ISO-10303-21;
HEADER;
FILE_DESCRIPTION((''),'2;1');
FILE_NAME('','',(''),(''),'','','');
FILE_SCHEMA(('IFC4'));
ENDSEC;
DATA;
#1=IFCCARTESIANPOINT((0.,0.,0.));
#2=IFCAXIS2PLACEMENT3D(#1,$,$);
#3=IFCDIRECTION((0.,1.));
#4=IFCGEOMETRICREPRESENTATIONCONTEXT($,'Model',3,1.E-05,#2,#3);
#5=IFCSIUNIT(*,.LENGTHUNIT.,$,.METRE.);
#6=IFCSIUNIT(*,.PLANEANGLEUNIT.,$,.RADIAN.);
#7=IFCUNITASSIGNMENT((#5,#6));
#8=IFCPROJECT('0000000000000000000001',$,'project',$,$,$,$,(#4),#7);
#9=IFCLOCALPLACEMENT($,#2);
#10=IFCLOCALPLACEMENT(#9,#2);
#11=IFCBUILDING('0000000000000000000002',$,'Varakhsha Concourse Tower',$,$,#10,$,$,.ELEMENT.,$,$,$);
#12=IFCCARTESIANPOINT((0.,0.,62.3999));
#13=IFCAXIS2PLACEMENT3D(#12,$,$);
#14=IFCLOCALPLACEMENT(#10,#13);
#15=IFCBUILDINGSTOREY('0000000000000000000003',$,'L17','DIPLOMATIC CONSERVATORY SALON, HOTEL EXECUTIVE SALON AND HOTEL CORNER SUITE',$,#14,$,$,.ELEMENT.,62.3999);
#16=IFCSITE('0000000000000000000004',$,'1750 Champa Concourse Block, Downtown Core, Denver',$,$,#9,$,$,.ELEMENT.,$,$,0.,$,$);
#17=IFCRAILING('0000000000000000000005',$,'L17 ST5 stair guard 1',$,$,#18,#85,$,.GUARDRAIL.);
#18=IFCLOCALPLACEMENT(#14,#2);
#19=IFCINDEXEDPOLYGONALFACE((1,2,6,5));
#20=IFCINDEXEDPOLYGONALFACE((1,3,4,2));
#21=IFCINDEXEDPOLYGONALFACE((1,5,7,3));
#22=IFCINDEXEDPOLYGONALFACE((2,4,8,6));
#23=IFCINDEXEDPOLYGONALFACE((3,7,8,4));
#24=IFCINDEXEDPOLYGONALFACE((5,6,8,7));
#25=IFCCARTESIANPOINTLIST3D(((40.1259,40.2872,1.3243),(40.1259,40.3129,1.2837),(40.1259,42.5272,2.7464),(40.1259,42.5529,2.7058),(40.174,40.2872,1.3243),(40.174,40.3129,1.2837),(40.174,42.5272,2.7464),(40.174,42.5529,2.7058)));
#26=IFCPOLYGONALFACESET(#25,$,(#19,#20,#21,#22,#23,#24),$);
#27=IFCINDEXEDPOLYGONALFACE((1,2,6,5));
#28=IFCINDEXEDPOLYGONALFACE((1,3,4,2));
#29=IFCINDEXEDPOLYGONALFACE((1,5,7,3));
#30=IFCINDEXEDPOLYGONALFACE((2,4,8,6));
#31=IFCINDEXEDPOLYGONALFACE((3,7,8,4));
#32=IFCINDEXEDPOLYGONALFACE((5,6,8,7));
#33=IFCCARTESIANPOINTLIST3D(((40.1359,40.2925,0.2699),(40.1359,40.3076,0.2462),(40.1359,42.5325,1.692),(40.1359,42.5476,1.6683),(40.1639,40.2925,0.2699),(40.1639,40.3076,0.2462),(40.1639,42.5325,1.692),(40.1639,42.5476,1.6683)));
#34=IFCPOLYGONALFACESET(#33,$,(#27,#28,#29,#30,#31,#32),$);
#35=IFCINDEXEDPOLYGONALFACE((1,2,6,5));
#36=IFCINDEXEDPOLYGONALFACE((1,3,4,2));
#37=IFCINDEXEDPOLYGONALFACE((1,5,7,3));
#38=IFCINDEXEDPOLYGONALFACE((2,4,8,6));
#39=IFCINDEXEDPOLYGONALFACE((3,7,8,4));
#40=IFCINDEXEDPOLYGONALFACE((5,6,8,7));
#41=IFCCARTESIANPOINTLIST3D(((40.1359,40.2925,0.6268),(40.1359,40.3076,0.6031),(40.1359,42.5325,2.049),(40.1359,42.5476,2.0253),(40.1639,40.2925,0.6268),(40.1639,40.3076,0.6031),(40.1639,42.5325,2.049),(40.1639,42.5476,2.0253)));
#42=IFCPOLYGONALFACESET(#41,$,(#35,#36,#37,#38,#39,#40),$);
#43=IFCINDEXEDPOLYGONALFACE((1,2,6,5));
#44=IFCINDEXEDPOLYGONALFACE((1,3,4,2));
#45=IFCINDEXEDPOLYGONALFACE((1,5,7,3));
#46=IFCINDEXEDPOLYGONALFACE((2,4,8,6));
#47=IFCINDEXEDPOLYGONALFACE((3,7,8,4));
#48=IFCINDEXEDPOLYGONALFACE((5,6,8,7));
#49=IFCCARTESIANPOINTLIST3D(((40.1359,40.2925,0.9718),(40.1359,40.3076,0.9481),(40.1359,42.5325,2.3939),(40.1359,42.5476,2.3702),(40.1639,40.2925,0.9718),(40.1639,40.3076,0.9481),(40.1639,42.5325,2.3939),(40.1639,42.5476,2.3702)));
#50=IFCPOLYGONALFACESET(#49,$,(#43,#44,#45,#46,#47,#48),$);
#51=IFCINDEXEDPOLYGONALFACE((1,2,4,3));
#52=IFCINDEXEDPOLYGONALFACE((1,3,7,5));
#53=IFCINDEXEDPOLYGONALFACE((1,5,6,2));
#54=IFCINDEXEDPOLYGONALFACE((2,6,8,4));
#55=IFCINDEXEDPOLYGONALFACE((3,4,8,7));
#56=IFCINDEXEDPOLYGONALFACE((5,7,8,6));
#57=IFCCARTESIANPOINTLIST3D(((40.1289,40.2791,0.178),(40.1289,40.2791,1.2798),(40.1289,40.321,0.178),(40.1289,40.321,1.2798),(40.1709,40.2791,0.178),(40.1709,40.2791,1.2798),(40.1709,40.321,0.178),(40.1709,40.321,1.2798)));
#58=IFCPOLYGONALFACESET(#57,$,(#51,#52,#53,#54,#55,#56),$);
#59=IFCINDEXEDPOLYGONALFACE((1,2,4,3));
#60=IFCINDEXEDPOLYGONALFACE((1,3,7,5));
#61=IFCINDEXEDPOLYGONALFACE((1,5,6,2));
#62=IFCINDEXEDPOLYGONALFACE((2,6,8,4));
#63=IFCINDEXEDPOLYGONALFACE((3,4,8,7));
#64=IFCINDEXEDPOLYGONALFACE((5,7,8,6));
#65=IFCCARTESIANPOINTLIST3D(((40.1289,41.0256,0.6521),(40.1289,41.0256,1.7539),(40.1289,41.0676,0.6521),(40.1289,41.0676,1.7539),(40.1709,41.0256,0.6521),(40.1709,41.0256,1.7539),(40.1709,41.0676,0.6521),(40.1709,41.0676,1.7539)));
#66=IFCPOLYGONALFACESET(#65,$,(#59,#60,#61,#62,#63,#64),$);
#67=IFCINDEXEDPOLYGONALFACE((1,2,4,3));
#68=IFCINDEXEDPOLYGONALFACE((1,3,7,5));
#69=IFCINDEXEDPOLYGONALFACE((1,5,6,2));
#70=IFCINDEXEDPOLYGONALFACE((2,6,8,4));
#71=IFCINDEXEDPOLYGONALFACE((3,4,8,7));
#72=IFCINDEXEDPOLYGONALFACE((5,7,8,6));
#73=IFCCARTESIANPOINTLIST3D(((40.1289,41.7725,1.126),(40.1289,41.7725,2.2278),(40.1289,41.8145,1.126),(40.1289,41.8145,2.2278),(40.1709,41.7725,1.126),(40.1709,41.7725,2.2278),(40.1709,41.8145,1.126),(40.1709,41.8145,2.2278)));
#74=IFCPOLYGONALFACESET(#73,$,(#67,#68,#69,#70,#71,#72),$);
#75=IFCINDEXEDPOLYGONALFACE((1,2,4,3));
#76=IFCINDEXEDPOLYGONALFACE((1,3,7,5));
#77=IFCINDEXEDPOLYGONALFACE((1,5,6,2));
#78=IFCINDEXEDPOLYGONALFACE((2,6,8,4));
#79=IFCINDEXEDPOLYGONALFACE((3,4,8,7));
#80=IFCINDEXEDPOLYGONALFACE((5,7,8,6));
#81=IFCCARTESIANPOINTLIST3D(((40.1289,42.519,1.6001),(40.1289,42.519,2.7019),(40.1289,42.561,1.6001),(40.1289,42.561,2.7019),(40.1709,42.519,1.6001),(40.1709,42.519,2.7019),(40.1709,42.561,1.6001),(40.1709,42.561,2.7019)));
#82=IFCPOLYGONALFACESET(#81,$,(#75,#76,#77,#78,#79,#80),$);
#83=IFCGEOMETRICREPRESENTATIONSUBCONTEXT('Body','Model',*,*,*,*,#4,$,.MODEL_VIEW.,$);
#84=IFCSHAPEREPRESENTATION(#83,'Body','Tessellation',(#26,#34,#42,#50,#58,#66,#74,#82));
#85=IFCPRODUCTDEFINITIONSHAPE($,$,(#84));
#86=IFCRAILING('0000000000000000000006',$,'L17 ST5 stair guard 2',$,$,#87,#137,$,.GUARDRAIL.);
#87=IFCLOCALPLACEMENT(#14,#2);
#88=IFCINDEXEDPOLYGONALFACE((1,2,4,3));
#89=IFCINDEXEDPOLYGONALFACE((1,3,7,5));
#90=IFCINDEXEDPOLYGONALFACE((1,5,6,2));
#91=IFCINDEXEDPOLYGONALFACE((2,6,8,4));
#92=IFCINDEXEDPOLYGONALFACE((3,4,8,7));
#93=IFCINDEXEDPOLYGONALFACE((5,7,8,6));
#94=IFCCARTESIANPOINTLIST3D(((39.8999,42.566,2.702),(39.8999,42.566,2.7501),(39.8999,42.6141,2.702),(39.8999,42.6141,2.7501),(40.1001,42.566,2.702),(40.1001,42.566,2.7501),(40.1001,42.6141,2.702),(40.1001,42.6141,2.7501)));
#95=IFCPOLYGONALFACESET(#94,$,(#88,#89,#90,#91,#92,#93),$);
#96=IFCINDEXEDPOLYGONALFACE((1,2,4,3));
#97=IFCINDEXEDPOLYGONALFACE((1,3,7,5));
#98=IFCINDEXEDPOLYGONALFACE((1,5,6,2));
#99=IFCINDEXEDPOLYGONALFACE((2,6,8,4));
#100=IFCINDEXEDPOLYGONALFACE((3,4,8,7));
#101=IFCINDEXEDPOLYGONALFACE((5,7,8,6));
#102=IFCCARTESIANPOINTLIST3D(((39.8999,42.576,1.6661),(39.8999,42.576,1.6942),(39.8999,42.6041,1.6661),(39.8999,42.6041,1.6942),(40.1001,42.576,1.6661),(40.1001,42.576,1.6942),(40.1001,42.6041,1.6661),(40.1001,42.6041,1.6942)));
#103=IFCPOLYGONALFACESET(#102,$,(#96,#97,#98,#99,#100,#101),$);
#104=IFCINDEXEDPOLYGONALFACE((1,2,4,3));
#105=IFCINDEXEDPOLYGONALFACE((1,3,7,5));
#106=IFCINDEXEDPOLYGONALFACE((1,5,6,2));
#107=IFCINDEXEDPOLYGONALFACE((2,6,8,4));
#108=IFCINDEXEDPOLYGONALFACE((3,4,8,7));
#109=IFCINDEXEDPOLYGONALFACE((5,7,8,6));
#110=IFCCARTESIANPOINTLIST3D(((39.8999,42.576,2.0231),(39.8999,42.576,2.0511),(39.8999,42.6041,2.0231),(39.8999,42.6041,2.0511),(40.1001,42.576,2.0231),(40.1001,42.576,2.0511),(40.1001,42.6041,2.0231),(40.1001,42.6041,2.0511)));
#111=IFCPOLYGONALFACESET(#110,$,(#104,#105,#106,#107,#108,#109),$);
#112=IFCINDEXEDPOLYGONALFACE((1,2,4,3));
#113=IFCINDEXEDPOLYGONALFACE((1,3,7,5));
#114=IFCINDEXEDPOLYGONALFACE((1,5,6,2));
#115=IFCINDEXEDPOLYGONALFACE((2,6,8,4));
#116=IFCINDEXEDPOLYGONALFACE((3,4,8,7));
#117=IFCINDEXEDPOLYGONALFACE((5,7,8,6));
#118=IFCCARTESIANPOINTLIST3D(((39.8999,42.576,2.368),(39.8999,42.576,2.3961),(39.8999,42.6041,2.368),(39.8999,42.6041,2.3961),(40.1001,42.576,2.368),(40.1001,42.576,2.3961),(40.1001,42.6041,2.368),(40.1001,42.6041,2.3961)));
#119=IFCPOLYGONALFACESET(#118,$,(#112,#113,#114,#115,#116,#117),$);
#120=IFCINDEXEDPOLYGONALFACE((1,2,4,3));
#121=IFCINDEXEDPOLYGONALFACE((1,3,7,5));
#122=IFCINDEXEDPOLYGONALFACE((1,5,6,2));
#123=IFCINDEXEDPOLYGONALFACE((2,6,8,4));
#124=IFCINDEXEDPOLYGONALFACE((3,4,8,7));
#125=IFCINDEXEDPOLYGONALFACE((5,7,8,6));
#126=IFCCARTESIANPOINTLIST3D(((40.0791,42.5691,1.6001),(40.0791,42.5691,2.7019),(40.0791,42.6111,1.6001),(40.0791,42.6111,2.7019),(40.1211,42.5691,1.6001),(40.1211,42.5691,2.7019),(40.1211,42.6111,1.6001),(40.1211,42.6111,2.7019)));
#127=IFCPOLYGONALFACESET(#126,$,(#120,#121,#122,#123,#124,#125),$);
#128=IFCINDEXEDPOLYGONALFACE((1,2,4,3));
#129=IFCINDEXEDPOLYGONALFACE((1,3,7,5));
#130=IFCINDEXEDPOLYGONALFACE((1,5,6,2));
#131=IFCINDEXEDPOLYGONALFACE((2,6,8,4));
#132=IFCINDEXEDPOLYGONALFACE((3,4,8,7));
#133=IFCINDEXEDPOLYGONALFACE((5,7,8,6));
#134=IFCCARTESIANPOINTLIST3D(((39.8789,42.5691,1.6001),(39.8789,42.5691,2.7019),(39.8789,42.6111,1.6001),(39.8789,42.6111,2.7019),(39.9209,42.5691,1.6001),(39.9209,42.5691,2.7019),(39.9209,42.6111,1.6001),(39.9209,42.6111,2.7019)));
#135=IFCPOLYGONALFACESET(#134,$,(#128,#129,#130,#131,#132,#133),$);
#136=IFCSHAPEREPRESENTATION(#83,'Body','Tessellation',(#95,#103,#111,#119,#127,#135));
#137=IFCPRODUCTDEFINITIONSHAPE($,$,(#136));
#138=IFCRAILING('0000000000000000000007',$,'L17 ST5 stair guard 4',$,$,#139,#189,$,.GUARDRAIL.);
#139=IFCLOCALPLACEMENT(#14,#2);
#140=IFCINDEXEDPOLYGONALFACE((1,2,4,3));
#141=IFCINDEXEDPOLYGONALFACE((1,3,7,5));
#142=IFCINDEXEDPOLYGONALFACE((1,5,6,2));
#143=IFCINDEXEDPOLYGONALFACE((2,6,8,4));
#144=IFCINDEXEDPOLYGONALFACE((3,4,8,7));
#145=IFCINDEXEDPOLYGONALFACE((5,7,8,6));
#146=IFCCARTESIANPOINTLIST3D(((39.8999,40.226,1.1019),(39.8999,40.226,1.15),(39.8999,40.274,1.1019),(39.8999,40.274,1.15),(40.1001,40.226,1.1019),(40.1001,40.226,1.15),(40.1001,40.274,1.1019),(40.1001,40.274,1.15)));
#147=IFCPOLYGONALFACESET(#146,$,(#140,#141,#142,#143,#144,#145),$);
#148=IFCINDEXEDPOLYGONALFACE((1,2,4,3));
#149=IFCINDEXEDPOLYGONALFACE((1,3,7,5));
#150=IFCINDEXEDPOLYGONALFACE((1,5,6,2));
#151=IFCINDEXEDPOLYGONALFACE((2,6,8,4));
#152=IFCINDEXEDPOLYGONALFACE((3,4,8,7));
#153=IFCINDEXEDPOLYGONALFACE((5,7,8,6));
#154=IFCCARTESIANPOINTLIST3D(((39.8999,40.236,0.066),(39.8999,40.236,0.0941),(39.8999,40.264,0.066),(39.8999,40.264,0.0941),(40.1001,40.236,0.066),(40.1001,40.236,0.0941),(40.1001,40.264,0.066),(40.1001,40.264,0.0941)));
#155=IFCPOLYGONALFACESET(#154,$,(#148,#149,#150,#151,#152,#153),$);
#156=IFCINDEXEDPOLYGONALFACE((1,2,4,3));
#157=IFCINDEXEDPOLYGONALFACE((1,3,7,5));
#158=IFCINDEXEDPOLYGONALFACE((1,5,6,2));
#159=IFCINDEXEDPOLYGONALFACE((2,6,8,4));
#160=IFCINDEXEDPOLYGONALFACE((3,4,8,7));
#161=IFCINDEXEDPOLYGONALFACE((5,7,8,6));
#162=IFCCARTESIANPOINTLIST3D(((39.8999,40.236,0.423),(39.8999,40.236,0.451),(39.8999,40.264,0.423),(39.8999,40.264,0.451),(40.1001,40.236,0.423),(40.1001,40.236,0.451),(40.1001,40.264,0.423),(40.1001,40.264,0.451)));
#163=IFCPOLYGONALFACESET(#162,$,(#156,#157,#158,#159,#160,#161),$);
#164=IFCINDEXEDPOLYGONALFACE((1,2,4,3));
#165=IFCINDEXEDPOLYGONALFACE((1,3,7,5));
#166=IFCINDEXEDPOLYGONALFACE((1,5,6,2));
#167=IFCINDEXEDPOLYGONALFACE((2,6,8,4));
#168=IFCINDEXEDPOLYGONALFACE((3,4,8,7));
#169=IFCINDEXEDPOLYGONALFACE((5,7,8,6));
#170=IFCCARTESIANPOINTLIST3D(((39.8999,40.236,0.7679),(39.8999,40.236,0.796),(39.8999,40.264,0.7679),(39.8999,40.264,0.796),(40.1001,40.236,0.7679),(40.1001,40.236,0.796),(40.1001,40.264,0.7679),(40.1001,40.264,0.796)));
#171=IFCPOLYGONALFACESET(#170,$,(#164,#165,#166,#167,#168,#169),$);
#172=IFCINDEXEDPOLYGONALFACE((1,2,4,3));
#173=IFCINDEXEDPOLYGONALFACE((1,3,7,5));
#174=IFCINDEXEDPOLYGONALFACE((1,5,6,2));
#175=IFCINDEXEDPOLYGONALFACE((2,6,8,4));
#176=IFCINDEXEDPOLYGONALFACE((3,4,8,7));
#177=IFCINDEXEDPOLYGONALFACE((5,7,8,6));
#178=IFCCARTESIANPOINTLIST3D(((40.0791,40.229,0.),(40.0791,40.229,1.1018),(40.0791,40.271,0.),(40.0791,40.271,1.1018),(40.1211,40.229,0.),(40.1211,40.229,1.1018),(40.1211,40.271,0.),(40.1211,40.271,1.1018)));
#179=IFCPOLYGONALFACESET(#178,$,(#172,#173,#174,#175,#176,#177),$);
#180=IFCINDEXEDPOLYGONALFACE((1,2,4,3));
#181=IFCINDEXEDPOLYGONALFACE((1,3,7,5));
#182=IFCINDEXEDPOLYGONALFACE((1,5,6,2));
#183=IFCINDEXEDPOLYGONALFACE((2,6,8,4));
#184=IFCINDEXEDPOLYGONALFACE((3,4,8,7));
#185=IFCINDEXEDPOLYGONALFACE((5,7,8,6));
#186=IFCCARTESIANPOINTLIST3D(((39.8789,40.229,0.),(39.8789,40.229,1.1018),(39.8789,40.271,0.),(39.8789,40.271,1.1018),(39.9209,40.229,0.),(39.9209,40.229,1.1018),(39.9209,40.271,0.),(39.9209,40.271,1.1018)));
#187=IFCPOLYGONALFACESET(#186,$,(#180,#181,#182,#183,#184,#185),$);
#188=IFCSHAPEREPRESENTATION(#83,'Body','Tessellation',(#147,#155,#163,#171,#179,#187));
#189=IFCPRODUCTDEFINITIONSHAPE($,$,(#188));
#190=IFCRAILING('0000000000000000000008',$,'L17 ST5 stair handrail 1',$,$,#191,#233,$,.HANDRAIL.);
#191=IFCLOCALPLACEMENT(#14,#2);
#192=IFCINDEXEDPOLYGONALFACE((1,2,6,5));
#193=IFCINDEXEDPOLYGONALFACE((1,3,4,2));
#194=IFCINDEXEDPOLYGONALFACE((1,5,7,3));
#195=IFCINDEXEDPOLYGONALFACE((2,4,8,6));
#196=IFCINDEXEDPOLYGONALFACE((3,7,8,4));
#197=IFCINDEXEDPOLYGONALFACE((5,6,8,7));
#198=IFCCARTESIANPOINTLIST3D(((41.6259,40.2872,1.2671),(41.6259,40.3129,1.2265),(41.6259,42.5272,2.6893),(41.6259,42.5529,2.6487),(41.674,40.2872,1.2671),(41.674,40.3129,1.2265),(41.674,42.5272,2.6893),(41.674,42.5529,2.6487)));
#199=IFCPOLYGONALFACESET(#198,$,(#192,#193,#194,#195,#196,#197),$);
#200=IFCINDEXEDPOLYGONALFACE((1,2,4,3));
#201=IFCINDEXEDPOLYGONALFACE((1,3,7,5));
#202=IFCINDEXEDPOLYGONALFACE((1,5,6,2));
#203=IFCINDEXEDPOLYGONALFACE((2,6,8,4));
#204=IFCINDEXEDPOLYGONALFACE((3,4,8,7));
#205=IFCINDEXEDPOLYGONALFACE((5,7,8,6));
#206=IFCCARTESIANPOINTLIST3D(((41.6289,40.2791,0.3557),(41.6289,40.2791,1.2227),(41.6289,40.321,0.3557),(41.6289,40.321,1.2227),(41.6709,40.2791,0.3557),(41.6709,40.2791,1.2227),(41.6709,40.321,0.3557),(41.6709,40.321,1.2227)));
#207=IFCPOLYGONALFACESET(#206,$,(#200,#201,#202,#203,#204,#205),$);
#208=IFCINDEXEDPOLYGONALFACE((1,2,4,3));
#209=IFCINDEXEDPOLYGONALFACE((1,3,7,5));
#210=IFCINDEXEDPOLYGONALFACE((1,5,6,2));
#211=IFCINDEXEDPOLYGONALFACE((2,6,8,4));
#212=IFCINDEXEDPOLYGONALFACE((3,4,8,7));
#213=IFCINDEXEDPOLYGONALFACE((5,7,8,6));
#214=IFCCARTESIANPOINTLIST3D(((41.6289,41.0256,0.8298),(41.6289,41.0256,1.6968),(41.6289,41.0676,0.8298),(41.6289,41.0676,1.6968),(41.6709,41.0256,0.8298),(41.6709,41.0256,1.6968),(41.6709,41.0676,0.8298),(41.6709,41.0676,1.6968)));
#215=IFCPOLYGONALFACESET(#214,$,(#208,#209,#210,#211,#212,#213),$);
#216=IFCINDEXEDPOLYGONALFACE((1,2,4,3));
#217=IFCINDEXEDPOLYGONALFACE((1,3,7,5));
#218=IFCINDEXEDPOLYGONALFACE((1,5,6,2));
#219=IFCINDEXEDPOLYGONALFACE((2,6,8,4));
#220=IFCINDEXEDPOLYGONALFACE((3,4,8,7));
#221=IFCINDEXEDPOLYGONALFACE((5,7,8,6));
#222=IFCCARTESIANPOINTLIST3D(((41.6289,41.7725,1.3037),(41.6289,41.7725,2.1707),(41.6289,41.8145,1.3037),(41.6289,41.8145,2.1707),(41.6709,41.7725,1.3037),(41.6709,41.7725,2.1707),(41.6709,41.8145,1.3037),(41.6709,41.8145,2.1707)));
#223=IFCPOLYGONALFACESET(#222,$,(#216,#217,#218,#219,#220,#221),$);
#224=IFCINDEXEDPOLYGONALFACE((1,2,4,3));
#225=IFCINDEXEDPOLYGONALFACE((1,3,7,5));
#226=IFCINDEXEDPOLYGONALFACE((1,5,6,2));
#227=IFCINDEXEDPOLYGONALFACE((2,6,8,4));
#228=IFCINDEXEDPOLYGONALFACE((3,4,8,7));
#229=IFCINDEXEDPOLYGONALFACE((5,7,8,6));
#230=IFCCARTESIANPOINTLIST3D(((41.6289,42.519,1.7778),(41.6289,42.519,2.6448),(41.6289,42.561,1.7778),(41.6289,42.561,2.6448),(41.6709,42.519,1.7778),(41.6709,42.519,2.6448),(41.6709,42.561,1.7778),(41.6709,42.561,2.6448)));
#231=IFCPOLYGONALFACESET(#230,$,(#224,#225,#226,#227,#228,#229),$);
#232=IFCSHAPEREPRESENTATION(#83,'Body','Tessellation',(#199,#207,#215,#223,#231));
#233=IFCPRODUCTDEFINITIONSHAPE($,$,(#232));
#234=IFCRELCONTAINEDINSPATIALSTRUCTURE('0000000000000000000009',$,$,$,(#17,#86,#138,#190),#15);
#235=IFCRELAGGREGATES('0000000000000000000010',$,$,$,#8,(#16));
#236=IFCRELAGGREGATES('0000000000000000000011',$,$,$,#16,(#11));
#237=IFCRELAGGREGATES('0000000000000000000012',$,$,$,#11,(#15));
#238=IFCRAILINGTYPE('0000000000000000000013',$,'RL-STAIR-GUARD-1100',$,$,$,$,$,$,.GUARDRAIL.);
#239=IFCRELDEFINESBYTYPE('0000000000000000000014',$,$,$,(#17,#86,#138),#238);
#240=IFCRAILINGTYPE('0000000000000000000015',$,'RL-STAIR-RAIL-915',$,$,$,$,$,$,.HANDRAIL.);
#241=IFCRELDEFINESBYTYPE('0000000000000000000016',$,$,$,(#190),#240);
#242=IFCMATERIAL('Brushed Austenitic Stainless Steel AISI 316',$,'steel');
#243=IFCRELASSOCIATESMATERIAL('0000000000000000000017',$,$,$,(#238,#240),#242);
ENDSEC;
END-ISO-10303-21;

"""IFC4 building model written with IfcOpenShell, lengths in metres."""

from ifc_helpers import new_model, si_unit, direction, frame, origin, origin_2d, place, context, subcontext, project, spatial, rectangle, extrude, material, type_object, element, save


model = new_model("IFC4")

# Units and contexts
model_context = context("Model", 3, precision=1e-05, world=origin(), true_north=direction((0.0, 1.0)))
body_context = subcontext(model_context, "Body", "Model", "MODEL_VIEW")
ifc_project = project(units=[si_unit("LENGTHUNIT", "METRE"), si_unit("PLANEANGLEUNIT", "RADIAN")], contexts=[model_context])

# Site, building, storey
site_placement = place(None, origin())
site = spatial("IfcSite", under=ifc_project, at=site_placement, Name="1750 Champa Concourse Block, Downtown Core, Denver", CompositionType="ELEMENT", RefElevation=0.0)
building_placement = place(site_placement, origin())
building = spatial("IfcBuilding", under=site, at=building_placement, Name="Varakhsha Concourse Tower", CompositionType="ELEMENT")
storey_placement = place(building_placement, frame((0.0, 0.0, 62.3999)))
storey = spatial("IfcBuildingStorey", under=building, at=storey_placement, Name="L17", Description="DIPLOMATIC CONSERVATORY SALON, HOTEL EXECUTIVE SALON AND HOTEL CORNER SUITE", CompositionType="ELEMENT", Elevation=62.3999)

# Railings
ifc_material_1 = material(Name="Brushed Austenitic Stainless Steel AISI 316", Category="steel")
railing_type_1 = type_object("IfcRailingType", Name="RL-STAIR-GUARD-1100", PredefinedType="GUARDRAIL", material=ifc_material_1)
railing_1_placement = place(storey_placement, frame((40.1499, 40.3, 0.178)))
element("IfcRailing", 1, at=railing_1_placement, inside=storey, type_object=railing_type_1, Name="L17 ST5 stair guard 1", PredefinedType="GUARDRAIL", context=body_context, shape_type="SweptSolid", body=[
    extrude(rectangle(XDim=0.0481, YDim=0.0481, at=origin_2d()), frame((0.0, 0.0, 1.126), z_axis=(0.0, 0.844229, 0.535982), x_axis=(-1.0, 0.0, 0.0)), (0.0, 0.0, 1.0), 2.6533),
    extrude(rectangle(XDim=0.0281, YDim=0.0281, at=origin_2d()), frame((0.0, 0.0, 0.0801), z_axis=(0.0, 0.844229, 0.535982), x_axis=(-1.0, 0.0, 0.0)), (0.0, 0.0, 1.0), 2.6533),
    extrude(rectangle(XDim=0.0281, YDim=0.0281, at=origin_2d()), frame((0.0, 0.0, 0.437), z_axis=(0.0, 0.844229, 0.535982), x_axis=(-1.0, 0.0, 0.0)), (0.0, 0.0, 1.0), 2.6533),
    extrude(rectangle(XDim=0.0281, YDim=0.0281, at=origin_2d()), frame((0.0, 0.0, 0.782), z_axis=(0.0, 0.844229, 0.535982), x_axis=(-1.0, 0.0, 0.0)), (0.0, 0.0, 1.0), 2.6533),
    extrude(rectangle(XDim=0.042, YDim=0.042, at=origin_2d()), origin(), (0.0, 0.0, 1.0), 1.1018),
    extrude(rectangle(XDim=0.042, YDim=0.042, at=origin_2d()), frame((0.0, 0.7466, 0.4741)), (0.0, 0.0, 1.0), 1.1018),
    extrude(rectangle(XDim=0.042, YDim=0.042, at=origin_2d()), frame((0.0, 1.4934, 0.948)), (0.0, 0.0, 1.0), 1.1018),
    extrude(rectangle(XDim=0.042, YDim=0.042, at=origin_2d()), frame((0.0, 2.24, 1.4221)), (0.0, 0.0, 1.0), 1.1018),
])
for number, where, name in (
    (2, (40.1001, 42.5901, 1.6001), "L17 ST5 stair guard 2"),
    (3, (40.1001, 40.25, 0.0), "L17 ST5 stair guard 4"),
):
    element("IfcRailing", number, at=place(storey_placement, frame(where)), inside=storey, type_object=railing_type_1, Name=name, PredefinedType="GUARDRAIL", context=body_context, shape_type="SweptSolid", body=[
        extrude(rectangle(XDim=0.0481, YDim=0.0481, at=origin_2d()), frame((0.0, 0.0, 1.126), z_axis=(-1.0, 0.0, 0.0), x_axis=(0.0, -1.0, 0.0)), (0.0, 0.0, 1.0), 0.2002),
        extrude(rectangle(XDim=0.0281, YDim=0.0281, at=origin_2d()), frame((0.0, 0.0, 0.0801), z_axis=(-1.0, 0.0, 0.0), x_axis=(0.0, -1.0, 0.0)), (0.0, 0.0, 1.0), 0.2002),
        extrude(rectangle(XDim=0.0281, YDim=0.0281, at=origin_2d()), frame((0.0, 0.0, 0.437), z_axis=(-1.0, 0.0, 0.0), x_axis=(0.0, -1.0, 0.0)), (0.0, 0.0, 1.0), 0.2002),
        extrude(rectangle(XDim=0.0281, YDim=0.0281, at=origin_2d()), frame((0.0, 0.0, 0.782), z_axis=(-1.0, 0.0, 0.0), x_axis=(0.0, -1.0, 0.0)), (0.0, 0.0, 1.0), 0.2002),
        extrude(rectangle(XDim=0.042, YDim=0.042, at=origin_2d()), origin(), (0.0, 0.0, 1.0), 1.1018),
        extrude(rectangle(XDim=0.042, YDim=0.042, at=origin_2d()), frame((-0.2002, 0.0, 0.0)), (0.0, 0.0, 1.0), 1.1018),
    ])
railing_type_2 = type_object("IfcRailingType", Name="RL-STAIR-RAIL-915", PredefinedType="HANDRAIL", material=ifc_material_1)
railing_2_placement = place(storey_placement, frame((41.6499, 40.3, 0.3557)))
element("IfcRailing", 4, at=railing_2_placement, inside=storey, type_object=railing_type_2, Name="L17 ST5 stair handrail 1", PredefinedType="HANDRAIL", context=body_context, shape_type="SweptSolid", body=[
    extrude(rectangle(XDim=0.0481, YDim=0.0481, at=origin_2d()), frame((0.0, 0.0, 0.8911), z_axis=(0.0, 0.844229, 0.535982), x_axis=(-1.0, 0.0, 0.0)), (0.0, 0.0, 1.0), 2.6533),
    extrude(rectangle(XDim=0.042, YDim=0.042, at=origin_2d()), origin(), (0.0, 0.0, 1.0), 0.8669),
    extrude(rectangle(XDim=0.042, YDim=0.042, at=origin_2d()), frame((0.0, 0.7466, 0.4741)), (0.0, 0.0, 1.0), 0.8669),
    extrude(rectangle(XDim=0.042, YDim=0.042, at=origin_2d()), frame((0.0, 1.4934, 0.948)), (0.0, 0.0, 1.0), 0.8669),
    extrude(rectangle(XDim=0.042, YDim=0.042, at=origin_2d()), frame((0.0, 2.24, 1.4221)), (0.0, 0.0, 1.0), 0.8669),
])

save(model, "model.ifc")
